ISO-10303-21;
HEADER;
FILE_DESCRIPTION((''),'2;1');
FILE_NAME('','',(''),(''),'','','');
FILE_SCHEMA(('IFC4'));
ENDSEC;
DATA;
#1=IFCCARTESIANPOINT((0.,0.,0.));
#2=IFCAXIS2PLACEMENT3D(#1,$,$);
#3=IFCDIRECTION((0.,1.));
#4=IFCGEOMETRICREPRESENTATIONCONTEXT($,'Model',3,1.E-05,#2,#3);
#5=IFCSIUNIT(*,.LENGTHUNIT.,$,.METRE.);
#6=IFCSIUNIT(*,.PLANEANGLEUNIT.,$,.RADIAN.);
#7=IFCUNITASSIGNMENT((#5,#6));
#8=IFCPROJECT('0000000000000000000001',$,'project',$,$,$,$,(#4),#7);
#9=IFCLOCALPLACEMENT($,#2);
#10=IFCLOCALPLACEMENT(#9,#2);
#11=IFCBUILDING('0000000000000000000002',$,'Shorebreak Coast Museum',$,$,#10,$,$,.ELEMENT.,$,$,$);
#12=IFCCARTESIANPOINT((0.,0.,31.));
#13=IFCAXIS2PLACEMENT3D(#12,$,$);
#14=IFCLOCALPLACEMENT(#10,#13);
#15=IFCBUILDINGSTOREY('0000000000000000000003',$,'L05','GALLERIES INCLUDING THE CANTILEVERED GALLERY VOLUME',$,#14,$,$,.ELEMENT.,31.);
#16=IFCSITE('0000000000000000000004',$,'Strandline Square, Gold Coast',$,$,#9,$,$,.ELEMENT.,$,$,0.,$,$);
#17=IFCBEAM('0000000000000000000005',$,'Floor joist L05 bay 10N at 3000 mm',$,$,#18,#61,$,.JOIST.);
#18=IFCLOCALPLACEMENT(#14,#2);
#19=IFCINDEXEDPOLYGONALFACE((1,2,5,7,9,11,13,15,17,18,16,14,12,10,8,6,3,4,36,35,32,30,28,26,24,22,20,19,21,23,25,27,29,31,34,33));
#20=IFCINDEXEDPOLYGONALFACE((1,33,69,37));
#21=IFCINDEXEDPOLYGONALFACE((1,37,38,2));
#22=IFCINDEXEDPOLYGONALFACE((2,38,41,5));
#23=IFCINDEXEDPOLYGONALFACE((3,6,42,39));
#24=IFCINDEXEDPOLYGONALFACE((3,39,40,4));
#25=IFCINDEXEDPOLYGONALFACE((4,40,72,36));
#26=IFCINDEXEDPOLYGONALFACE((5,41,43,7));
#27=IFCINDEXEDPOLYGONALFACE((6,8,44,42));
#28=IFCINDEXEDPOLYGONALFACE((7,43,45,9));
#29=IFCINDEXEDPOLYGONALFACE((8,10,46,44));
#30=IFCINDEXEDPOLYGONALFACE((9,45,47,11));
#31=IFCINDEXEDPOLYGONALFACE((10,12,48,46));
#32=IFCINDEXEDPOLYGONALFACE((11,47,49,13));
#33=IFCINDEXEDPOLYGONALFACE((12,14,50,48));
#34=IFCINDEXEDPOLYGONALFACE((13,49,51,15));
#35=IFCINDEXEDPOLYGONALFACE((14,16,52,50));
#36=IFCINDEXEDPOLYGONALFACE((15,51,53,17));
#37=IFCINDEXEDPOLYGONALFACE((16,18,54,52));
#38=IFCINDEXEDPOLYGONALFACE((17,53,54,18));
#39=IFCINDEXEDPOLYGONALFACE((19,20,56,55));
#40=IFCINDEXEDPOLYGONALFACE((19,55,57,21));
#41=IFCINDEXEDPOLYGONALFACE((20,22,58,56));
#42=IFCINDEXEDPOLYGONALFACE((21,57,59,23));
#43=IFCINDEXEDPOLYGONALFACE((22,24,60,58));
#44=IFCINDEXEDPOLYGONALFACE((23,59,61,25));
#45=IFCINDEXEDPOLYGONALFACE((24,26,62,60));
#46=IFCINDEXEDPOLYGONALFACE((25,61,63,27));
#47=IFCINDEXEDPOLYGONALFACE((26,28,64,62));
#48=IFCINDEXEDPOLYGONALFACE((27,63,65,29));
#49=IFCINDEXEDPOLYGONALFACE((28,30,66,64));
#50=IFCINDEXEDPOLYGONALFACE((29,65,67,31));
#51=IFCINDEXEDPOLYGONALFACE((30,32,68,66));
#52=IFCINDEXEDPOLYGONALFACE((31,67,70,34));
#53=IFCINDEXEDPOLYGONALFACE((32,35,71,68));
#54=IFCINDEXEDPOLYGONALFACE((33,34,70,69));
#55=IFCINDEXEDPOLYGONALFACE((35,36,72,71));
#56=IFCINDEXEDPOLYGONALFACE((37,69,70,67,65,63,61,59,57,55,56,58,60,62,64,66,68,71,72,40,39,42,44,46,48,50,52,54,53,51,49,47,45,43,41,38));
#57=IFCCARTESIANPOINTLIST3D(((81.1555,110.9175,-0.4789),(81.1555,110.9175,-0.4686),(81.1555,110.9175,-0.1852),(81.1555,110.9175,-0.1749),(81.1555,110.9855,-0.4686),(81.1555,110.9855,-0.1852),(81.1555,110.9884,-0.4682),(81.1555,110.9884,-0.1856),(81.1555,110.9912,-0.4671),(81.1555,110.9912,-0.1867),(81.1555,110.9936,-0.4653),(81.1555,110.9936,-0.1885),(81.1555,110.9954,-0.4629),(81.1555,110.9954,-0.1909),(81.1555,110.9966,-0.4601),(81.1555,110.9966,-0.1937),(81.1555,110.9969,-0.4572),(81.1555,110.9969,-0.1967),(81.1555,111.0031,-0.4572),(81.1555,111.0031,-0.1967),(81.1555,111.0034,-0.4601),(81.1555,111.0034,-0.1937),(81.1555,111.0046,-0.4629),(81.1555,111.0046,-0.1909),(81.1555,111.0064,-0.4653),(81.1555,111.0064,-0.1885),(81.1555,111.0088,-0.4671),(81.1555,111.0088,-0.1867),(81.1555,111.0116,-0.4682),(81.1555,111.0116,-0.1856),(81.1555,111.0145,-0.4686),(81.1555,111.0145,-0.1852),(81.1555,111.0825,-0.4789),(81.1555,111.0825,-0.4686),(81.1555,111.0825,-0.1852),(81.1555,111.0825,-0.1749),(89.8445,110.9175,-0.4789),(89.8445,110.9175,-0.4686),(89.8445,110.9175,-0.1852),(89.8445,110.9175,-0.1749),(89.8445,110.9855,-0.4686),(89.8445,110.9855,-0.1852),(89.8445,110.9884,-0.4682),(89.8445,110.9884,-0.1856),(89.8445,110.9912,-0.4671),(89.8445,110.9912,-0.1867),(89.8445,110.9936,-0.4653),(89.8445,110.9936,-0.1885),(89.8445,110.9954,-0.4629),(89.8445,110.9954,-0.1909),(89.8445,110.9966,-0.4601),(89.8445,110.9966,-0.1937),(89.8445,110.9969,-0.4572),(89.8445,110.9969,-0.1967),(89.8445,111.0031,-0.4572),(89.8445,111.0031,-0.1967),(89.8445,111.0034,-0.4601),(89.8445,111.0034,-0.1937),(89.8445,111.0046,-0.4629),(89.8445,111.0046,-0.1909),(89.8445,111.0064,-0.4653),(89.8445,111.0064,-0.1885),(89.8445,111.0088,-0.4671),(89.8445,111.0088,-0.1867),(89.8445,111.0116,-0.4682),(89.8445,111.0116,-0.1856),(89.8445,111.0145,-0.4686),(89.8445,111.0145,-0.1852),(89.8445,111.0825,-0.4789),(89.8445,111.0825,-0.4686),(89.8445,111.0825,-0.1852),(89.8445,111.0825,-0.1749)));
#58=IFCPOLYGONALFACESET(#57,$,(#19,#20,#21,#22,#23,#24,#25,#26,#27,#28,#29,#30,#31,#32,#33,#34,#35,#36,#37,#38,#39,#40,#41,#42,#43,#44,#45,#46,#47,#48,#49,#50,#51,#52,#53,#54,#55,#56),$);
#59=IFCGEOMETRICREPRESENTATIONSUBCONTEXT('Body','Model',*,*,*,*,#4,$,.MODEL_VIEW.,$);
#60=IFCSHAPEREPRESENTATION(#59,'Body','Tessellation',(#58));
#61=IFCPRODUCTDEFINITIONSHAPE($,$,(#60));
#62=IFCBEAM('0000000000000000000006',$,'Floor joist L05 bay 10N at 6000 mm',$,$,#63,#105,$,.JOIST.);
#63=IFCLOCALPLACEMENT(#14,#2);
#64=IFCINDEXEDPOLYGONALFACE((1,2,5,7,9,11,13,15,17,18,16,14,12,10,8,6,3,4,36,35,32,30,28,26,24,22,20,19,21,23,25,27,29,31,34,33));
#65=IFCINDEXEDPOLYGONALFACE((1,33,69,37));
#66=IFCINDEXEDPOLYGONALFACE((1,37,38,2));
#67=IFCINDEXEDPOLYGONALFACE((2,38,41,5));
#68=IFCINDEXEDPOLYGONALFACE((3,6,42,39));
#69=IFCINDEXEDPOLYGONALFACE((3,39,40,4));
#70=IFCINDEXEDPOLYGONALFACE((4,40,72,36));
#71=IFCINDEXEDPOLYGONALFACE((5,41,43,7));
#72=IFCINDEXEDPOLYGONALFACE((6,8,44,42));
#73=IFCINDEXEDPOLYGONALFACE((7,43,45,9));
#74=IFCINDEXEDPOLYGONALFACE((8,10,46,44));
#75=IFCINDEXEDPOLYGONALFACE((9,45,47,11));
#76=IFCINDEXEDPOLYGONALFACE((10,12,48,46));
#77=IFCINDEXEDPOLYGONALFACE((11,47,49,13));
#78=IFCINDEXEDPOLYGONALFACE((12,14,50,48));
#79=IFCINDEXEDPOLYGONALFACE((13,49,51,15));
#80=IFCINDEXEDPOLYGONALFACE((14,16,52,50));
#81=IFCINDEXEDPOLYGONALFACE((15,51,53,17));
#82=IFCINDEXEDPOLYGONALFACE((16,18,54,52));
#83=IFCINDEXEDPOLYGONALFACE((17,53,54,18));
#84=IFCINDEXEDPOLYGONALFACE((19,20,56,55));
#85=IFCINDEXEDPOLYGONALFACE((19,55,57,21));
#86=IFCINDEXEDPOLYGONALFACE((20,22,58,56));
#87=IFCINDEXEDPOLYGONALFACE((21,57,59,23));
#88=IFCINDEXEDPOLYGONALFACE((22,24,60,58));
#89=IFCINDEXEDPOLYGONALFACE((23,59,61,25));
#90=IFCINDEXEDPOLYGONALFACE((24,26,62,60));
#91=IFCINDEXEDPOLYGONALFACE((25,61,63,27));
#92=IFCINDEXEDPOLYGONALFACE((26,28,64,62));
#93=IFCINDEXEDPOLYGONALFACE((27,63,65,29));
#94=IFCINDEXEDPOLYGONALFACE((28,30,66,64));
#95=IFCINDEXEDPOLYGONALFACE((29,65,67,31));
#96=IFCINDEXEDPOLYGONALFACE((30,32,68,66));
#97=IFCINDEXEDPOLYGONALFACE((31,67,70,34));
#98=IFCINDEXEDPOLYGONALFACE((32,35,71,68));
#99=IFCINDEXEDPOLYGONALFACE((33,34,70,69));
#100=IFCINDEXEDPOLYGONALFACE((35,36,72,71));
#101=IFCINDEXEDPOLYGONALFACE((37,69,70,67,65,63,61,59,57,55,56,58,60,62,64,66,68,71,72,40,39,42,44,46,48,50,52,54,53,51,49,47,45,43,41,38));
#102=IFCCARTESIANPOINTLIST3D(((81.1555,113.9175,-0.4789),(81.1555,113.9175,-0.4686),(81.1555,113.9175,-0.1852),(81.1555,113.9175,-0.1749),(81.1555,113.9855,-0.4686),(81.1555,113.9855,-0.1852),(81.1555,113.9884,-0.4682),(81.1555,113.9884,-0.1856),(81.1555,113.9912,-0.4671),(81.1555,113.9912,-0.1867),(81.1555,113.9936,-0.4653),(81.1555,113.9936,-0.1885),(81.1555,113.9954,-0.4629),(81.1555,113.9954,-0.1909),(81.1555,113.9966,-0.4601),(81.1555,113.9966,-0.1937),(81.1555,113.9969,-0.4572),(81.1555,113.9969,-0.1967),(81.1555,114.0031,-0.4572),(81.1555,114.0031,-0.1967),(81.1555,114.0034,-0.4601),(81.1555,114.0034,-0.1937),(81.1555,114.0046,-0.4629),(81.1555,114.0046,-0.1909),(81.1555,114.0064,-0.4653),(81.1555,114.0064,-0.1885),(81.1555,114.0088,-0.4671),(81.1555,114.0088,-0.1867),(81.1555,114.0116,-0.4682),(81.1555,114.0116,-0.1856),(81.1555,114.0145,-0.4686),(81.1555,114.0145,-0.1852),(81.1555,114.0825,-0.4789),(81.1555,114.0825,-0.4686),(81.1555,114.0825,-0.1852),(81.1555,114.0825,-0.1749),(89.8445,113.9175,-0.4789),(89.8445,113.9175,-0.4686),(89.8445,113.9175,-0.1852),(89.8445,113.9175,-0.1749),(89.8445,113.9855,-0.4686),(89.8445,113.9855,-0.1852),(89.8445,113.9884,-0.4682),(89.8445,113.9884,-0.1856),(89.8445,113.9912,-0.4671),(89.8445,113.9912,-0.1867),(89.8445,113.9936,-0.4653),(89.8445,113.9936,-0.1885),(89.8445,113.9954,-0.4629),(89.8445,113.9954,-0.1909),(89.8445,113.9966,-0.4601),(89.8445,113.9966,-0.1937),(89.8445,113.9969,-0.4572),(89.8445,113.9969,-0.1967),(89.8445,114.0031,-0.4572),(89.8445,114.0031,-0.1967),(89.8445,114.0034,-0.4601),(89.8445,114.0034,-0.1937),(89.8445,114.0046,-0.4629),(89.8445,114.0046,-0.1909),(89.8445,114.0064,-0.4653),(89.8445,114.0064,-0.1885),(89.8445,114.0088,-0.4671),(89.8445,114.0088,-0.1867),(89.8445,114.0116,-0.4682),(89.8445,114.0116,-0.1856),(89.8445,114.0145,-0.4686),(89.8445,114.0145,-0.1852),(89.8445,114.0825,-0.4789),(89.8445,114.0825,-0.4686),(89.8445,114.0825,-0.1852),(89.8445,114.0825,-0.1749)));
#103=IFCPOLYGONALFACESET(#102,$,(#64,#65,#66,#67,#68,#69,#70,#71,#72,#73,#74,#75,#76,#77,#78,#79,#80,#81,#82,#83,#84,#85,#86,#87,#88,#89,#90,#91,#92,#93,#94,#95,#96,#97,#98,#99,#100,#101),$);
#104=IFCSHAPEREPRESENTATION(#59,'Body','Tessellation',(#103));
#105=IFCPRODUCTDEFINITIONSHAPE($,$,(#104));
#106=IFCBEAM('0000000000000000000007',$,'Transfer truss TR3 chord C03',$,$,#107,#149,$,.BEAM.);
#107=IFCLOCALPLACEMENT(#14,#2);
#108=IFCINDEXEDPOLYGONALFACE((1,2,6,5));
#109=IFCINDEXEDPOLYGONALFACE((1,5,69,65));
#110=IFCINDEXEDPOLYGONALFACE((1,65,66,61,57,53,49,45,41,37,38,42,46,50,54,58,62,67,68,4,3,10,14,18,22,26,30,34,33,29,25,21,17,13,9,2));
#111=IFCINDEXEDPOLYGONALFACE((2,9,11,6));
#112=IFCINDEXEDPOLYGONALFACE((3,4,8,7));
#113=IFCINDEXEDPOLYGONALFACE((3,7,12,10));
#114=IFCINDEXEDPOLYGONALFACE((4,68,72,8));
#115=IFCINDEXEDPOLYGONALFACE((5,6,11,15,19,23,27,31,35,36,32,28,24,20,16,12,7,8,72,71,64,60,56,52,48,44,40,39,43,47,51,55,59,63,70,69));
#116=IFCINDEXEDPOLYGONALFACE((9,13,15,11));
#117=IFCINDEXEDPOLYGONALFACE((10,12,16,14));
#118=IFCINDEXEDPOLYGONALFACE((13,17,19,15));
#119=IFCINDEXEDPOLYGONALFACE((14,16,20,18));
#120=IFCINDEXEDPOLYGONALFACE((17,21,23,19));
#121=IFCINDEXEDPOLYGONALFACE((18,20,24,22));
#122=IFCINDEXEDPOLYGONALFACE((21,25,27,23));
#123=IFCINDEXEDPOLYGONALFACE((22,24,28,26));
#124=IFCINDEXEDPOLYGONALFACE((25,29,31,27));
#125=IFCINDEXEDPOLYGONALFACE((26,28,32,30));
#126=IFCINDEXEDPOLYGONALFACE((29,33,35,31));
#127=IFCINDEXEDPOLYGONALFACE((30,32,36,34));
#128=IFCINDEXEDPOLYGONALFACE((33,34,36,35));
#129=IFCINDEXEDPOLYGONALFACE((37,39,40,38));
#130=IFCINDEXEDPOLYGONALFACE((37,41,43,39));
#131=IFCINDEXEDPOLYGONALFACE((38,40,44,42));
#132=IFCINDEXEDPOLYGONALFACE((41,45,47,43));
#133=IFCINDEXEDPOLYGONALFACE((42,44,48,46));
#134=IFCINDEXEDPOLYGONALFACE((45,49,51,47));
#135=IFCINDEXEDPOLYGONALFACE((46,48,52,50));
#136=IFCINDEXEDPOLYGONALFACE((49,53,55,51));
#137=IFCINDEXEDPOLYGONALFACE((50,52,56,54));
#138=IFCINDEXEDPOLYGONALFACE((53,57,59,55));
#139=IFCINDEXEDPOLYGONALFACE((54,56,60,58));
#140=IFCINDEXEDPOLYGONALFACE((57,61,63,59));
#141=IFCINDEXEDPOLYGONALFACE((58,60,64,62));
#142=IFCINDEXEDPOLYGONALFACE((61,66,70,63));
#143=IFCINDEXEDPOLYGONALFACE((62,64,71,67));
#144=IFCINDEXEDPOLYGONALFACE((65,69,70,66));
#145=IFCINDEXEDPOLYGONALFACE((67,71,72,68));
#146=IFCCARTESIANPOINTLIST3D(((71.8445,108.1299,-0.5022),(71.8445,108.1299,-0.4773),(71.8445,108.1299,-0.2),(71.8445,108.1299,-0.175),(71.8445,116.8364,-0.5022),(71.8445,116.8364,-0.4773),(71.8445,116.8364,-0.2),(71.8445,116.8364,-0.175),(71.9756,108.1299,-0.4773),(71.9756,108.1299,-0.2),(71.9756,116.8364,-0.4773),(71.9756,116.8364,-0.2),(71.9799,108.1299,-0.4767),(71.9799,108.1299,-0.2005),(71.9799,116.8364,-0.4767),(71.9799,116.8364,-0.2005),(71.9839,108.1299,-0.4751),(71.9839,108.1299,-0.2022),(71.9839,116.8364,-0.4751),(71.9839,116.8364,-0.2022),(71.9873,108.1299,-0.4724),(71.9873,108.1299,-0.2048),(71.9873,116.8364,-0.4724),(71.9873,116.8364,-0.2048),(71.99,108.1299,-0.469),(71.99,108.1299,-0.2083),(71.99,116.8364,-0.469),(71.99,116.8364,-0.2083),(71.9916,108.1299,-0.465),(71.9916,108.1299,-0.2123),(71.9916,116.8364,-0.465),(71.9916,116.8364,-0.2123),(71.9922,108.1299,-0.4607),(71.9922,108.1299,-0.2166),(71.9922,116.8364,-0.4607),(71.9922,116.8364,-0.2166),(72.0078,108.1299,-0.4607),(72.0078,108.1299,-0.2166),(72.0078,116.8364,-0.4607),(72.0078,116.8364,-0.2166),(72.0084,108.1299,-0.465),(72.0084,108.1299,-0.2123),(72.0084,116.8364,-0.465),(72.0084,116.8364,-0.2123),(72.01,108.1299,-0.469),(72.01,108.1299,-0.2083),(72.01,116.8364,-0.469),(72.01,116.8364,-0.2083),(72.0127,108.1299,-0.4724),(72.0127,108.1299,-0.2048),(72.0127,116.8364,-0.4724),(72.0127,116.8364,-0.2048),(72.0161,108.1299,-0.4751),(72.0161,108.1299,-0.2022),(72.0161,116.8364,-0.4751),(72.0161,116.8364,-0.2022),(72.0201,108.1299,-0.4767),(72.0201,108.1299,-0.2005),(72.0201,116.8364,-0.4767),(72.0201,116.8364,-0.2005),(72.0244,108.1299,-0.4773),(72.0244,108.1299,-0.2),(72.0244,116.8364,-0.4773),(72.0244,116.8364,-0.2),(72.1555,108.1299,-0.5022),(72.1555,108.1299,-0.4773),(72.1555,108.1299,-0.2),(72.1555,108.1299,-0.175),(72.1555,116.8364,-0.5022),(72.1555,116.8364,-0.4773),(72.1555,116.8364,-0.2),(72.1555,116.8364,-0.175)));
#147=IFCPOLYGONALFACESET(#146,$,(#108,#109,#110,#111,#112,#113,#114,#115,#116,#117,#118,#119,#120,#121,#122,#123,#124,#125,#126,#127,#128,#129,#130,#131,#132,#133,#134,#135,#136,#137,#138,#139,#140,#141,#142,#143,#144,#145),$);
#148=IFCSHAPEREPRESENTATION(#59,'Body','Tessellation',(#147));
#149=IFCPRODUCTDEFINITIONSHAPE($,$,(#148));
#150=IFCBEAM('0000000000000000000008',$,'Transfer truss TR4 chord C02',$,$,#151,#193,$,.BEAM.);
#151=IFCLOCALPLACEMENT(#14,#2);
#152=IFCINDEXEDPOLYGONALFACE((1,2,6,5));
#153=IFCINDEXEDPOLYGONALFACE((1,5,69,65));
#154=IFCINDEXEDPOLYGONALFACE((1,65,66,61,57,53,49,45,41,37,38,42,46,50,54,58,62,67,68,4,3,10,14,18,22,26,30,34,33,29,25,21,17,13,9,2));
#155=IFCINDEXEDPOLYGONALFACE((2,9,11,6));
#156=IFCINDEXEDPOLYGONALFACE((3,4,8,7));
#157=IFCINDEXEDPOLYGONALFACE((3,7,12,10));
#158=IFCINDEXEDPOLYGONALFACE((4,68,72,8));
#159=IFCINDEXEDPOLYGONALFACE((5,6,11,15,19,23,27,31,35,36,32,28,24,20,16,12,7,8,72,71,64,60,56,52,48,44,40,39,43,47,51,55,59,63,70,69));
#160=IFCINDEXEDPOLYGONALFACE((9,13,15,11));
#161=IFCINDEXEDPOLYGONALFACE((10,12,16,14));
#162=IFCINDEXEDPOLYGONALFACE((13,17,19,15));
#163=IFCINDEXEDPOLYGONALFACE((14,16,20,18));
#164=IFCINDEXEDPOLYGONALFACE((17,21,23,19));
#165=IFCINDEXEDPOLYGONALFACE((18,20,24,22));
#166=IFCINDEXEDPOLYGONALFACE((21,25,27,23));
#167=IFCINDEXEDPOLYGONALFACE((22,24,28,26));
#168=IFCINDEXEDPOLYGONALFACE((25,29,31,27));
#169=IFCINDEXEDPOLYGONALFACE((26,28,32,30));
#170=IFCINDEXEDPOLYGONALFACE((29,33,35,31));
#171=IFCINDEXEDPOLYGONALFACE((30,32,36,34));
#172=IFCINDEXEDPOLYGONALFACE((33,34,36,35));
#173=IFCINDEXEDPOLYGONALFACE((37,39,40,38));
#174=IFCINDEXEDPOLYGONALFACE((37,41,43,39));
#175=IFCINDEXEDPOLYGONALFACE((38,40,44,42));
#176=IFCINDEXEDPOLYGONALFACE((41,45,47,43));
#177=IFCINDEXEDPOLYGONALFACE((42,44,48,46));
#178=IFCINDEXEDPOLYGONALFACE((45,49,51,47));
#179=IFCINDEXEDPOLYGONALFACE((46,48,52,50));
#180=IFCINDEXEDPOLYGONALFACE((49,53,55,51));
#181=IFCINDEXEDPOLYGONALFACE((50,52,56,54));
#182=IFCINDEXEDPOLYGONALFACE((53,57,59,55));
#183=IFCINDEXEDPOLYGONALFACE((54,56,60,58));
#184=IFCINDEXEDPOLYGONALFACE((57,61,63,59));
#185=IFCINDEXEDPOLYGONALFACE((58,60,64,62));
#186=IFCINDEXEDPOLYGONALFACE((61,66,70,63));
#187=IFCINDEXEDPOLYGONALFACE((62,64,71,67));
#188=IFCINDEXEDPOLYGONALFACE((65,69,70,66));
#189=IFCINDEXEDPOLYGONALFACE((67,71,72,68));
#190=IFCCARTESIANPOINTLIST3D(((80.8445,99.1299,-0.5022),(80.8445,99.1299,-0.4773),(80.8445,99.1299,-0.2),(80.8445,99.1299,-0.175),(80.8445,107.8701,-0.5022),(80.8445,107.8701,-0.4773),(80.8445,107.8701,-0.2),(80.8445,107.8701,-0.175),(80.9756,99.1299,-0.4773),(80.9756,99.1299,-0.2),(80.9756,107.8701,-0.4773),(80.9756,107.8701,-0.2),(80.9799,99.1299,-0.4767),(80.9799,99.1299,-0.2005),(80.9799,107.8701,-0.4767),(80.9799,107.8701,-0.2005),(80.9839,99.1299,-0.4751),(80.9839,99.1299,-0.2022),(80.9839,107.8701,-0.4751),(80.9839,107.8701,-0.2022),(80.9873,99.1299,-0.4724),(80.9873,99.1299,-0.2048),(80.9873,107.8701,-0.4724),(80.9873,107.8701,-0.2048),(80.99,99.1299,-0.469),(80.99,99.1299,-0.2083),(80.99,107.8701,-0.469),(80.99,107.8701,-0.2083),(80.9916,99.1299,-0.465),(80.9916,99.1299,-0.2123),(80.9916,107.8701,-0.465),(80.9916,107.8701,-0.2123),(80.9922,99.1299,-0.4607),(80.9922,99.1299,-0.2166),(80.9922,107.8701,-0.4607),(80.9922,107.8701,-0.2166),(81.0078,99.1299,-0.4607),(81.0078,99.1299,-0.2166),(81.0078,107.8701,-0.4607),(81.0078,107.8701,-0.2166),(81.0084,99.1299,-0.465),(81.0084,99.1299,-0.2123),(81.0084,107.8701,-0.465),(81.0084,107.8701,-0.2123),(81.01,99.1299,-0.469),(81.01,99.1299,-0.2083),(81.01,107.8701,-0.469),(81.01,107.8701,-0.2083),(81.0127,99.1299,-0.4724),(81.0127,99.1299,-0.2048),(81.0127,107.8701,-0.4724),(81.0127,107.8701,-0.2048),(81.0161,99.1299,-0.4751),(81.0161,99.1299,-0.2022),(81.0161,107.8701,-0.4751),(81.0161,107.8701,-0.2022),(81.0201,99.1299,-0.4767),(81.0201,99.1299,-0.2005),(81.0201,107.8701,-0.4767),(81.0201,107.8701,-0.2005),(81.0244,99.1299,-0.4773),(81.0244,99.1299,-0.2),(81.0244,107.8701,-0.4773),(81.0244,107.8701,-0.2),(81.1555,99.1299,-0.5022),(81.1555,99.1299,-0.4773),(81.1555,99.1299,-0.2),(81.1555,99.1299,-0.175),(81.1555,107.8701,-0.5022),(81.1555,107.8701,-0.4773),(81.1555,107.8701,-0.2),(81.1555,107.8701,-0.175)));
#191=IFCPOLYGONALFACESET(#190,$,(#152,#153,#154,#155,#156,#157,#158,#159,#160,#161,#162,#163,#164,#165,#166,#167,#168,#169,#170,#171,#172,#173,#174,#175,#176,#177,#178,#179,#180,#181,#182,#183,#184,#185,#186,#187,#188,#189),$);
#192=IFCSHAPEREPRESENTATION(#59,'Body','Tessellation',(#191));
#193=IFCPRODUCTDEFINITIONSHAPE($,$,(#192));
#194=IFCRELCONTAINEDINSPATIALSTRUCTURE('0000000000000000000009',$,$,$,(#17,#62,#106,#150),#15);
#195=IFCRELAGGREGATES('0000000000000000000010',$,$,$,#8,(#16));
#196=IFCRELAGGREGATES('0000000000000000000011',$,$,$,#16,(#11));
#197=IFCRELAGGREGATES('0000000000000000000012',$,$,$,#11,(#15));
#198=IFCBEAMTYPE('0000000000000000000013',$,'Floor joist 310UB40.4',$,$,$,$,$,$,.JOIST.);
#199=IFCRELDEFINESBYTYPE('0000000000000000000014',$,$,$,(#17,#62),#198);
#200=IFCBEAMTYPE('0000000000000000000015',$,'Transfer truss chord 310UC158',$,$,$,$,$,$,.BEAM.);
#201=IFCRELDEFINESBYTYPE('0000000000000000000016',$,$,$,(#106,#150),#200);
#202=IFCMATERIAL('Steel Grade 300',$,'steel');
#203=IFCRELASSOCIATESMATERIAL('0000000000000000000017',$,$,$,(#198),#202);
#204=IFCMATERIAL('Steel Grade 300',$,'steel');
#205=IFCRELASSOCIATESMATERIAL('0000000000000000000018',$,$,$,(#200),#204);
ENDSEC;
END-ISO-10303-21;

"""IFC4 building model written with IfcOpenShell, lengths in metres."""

from ifc_helpers import new_model, si_unit, direction, frame, origin, origin_2d, place, context, subcontext, project, spatial, i_section, extrude, material, material_profile, profile_set, type_object, element, save


model = new_model("IFC4")

# Units and contexts
model_context = context("Model", 3, precision=1e-05, world=origin(), true_north=direction((0.0, 1.0)))
body_context = subcontext(model_context, "Body", "Model", "MODEL_VIEW")
ifc_project = project(units=[si_unit("LENGTHUNIT", "METRE"), si_unit("PLANEANGLEUNIT", "RADIAN")], contexts=[model_context])

# Site, building, storey
site_placement = place(None, origin())
site = spatial("IfcSite", under=ifc_project, at=site_placement, Name="Strandline Square, Gold Coast", CompositionType="ELEMENT", RefElevation=0.0)
building_placement = place(site_placement, origin())
building = spatial("IfcBuilding", under=site, at=building_placement, Name="Shorebreak Coast Museum", CompositionType="ELEMENT")
storey_placement = place(building_placement, frame((0.0, 0.0, 31.0)))
storey = spatial("IfcBuildingStorey", under=building, at=storey_placement, Name="L05", Description="GALLERIES INCLUDING THE CANTILEVERED GALLERY VOLUME", CompositionType="ELEMENT", Elevation=31.0)

# Beams
ifc_material_1 = material(Name="Steel Grade 300", Category="steel")
ifc_material_profile_1 = material_profile(ifc_material_1, i_section(OverallWidth=0.165, OverallDepth=0.304, WebThickness=0.0061, FlangeThickness=0.0103, FilletRadius=0.0115, at=origin_2d()), Name="310UB40.4")
ifc_profile_set_1 = profile_set([ifc_material_profile_1], Name="Steel Grade 300")
beam_type_1 = type_object("IfcBeamType", Name="Floor joist 310UB40.4", PredefinedType="JOIST", material=ifc_profile_set_1)
for number, where, z_axis, x_axis, name in (
    (1, (81.1555, 111.0, -0.3269), (1.0, 0.0, 0.0), (0.0, 1.0, 0.0), "Floor joist L05 bay 10N at 3000 mm"),
    (2, (81.1555, 114.0, -0.3269), (1.0, 0.0, 0.0), (0.0, 1.0, 0.0), "Floor joist L05 bay 10N at 6000 mm"),
):
    element("IfcBeam", number, at=place(storey_placement, frame(where, z_axis=z_axis, x_axis=x_axis)), inside=storey, type_object=beam_type_1, Name=name, PredefinedType="JOIST", context=body_context, shape_type="SweptSolid", body=[
        extrude(i_section(OverallWidth=0.165, OverallDepth=0.304, WebThickness=0.0061, FlangeThickness=0.0103, FilletRadius=0.0115, at=origin_2d()), origin(), (0.0, 0.0, 1.0), 8.689),
    ])
ifc_material_2 = material(Name="Steel Grade 300", Category="steel")
ifc_material_profile_2 = material_profile(ifc_material_2, i_section(OverallWidth=0.311, OverallDepth=0.3271, WebThickness=0.0156, FlangeThickness=0.0249, FilletRadius=0.0166, at=origin_2d()), Name="310UC158")
ifc_profile_set_2 = profile_set([ifc_material_profile_2], Name="Steel Grade 300")
beam_type_2 = type_object("IfcBeamType", Name="Transfer truss chord 310UC158", PredefinedType="BEAM", material=ifc_profile_set_2)
beam_1_placement = place(storey_placement, frame((72.0, 108.1299, -0.3386), z_axis=(0.0, 1.0, 0.0), x_axis=(-1.0, 0.0, 0.0)))
element("IfcBeam", 3, at=beam_1_placement, inside=storey, type_object=beam_type_2, Name="Transfer truss TR3 chord C03", PredefinedType="BEAM", context=body_context, shape_type="SweptSolid", body=[
    extrude(i_section(OverallWidth=0.311, OverallDepth=0.3271, WebThickness=0.0156, FlangeThickness=0.0249, FilletRadius=0.0166, at=origin_2d()), origin(), (0.0, 0.0, 1.0), 8.7065),
])
beam_2_placement = place(storey_placement, frame((81.0, 99.1299, -0.3386), z_axis=(0.0, 1.0, 0.0), x_axis=(-1.0, 0.0, 0.0)))
element("IfcBeam", 4, at=beam_2_placement, inside=storey, type_object=beam_type_2, Name="Transfer truss TR4 chord C02", PredefinedType="BEAM", context=body_context, shape_type="SweptSolid", body=[
    extrude(i_section(OverallWidth=0.311, OverallDepth=0.3271, WebThickness=0.0156, FlangeThickness=0.0249, FilletRadius=0.0166, at=origin_2d()), origin(), (0.0, 0.0, 1.0), 8.7402),
])

save(model, "model.ifc")
